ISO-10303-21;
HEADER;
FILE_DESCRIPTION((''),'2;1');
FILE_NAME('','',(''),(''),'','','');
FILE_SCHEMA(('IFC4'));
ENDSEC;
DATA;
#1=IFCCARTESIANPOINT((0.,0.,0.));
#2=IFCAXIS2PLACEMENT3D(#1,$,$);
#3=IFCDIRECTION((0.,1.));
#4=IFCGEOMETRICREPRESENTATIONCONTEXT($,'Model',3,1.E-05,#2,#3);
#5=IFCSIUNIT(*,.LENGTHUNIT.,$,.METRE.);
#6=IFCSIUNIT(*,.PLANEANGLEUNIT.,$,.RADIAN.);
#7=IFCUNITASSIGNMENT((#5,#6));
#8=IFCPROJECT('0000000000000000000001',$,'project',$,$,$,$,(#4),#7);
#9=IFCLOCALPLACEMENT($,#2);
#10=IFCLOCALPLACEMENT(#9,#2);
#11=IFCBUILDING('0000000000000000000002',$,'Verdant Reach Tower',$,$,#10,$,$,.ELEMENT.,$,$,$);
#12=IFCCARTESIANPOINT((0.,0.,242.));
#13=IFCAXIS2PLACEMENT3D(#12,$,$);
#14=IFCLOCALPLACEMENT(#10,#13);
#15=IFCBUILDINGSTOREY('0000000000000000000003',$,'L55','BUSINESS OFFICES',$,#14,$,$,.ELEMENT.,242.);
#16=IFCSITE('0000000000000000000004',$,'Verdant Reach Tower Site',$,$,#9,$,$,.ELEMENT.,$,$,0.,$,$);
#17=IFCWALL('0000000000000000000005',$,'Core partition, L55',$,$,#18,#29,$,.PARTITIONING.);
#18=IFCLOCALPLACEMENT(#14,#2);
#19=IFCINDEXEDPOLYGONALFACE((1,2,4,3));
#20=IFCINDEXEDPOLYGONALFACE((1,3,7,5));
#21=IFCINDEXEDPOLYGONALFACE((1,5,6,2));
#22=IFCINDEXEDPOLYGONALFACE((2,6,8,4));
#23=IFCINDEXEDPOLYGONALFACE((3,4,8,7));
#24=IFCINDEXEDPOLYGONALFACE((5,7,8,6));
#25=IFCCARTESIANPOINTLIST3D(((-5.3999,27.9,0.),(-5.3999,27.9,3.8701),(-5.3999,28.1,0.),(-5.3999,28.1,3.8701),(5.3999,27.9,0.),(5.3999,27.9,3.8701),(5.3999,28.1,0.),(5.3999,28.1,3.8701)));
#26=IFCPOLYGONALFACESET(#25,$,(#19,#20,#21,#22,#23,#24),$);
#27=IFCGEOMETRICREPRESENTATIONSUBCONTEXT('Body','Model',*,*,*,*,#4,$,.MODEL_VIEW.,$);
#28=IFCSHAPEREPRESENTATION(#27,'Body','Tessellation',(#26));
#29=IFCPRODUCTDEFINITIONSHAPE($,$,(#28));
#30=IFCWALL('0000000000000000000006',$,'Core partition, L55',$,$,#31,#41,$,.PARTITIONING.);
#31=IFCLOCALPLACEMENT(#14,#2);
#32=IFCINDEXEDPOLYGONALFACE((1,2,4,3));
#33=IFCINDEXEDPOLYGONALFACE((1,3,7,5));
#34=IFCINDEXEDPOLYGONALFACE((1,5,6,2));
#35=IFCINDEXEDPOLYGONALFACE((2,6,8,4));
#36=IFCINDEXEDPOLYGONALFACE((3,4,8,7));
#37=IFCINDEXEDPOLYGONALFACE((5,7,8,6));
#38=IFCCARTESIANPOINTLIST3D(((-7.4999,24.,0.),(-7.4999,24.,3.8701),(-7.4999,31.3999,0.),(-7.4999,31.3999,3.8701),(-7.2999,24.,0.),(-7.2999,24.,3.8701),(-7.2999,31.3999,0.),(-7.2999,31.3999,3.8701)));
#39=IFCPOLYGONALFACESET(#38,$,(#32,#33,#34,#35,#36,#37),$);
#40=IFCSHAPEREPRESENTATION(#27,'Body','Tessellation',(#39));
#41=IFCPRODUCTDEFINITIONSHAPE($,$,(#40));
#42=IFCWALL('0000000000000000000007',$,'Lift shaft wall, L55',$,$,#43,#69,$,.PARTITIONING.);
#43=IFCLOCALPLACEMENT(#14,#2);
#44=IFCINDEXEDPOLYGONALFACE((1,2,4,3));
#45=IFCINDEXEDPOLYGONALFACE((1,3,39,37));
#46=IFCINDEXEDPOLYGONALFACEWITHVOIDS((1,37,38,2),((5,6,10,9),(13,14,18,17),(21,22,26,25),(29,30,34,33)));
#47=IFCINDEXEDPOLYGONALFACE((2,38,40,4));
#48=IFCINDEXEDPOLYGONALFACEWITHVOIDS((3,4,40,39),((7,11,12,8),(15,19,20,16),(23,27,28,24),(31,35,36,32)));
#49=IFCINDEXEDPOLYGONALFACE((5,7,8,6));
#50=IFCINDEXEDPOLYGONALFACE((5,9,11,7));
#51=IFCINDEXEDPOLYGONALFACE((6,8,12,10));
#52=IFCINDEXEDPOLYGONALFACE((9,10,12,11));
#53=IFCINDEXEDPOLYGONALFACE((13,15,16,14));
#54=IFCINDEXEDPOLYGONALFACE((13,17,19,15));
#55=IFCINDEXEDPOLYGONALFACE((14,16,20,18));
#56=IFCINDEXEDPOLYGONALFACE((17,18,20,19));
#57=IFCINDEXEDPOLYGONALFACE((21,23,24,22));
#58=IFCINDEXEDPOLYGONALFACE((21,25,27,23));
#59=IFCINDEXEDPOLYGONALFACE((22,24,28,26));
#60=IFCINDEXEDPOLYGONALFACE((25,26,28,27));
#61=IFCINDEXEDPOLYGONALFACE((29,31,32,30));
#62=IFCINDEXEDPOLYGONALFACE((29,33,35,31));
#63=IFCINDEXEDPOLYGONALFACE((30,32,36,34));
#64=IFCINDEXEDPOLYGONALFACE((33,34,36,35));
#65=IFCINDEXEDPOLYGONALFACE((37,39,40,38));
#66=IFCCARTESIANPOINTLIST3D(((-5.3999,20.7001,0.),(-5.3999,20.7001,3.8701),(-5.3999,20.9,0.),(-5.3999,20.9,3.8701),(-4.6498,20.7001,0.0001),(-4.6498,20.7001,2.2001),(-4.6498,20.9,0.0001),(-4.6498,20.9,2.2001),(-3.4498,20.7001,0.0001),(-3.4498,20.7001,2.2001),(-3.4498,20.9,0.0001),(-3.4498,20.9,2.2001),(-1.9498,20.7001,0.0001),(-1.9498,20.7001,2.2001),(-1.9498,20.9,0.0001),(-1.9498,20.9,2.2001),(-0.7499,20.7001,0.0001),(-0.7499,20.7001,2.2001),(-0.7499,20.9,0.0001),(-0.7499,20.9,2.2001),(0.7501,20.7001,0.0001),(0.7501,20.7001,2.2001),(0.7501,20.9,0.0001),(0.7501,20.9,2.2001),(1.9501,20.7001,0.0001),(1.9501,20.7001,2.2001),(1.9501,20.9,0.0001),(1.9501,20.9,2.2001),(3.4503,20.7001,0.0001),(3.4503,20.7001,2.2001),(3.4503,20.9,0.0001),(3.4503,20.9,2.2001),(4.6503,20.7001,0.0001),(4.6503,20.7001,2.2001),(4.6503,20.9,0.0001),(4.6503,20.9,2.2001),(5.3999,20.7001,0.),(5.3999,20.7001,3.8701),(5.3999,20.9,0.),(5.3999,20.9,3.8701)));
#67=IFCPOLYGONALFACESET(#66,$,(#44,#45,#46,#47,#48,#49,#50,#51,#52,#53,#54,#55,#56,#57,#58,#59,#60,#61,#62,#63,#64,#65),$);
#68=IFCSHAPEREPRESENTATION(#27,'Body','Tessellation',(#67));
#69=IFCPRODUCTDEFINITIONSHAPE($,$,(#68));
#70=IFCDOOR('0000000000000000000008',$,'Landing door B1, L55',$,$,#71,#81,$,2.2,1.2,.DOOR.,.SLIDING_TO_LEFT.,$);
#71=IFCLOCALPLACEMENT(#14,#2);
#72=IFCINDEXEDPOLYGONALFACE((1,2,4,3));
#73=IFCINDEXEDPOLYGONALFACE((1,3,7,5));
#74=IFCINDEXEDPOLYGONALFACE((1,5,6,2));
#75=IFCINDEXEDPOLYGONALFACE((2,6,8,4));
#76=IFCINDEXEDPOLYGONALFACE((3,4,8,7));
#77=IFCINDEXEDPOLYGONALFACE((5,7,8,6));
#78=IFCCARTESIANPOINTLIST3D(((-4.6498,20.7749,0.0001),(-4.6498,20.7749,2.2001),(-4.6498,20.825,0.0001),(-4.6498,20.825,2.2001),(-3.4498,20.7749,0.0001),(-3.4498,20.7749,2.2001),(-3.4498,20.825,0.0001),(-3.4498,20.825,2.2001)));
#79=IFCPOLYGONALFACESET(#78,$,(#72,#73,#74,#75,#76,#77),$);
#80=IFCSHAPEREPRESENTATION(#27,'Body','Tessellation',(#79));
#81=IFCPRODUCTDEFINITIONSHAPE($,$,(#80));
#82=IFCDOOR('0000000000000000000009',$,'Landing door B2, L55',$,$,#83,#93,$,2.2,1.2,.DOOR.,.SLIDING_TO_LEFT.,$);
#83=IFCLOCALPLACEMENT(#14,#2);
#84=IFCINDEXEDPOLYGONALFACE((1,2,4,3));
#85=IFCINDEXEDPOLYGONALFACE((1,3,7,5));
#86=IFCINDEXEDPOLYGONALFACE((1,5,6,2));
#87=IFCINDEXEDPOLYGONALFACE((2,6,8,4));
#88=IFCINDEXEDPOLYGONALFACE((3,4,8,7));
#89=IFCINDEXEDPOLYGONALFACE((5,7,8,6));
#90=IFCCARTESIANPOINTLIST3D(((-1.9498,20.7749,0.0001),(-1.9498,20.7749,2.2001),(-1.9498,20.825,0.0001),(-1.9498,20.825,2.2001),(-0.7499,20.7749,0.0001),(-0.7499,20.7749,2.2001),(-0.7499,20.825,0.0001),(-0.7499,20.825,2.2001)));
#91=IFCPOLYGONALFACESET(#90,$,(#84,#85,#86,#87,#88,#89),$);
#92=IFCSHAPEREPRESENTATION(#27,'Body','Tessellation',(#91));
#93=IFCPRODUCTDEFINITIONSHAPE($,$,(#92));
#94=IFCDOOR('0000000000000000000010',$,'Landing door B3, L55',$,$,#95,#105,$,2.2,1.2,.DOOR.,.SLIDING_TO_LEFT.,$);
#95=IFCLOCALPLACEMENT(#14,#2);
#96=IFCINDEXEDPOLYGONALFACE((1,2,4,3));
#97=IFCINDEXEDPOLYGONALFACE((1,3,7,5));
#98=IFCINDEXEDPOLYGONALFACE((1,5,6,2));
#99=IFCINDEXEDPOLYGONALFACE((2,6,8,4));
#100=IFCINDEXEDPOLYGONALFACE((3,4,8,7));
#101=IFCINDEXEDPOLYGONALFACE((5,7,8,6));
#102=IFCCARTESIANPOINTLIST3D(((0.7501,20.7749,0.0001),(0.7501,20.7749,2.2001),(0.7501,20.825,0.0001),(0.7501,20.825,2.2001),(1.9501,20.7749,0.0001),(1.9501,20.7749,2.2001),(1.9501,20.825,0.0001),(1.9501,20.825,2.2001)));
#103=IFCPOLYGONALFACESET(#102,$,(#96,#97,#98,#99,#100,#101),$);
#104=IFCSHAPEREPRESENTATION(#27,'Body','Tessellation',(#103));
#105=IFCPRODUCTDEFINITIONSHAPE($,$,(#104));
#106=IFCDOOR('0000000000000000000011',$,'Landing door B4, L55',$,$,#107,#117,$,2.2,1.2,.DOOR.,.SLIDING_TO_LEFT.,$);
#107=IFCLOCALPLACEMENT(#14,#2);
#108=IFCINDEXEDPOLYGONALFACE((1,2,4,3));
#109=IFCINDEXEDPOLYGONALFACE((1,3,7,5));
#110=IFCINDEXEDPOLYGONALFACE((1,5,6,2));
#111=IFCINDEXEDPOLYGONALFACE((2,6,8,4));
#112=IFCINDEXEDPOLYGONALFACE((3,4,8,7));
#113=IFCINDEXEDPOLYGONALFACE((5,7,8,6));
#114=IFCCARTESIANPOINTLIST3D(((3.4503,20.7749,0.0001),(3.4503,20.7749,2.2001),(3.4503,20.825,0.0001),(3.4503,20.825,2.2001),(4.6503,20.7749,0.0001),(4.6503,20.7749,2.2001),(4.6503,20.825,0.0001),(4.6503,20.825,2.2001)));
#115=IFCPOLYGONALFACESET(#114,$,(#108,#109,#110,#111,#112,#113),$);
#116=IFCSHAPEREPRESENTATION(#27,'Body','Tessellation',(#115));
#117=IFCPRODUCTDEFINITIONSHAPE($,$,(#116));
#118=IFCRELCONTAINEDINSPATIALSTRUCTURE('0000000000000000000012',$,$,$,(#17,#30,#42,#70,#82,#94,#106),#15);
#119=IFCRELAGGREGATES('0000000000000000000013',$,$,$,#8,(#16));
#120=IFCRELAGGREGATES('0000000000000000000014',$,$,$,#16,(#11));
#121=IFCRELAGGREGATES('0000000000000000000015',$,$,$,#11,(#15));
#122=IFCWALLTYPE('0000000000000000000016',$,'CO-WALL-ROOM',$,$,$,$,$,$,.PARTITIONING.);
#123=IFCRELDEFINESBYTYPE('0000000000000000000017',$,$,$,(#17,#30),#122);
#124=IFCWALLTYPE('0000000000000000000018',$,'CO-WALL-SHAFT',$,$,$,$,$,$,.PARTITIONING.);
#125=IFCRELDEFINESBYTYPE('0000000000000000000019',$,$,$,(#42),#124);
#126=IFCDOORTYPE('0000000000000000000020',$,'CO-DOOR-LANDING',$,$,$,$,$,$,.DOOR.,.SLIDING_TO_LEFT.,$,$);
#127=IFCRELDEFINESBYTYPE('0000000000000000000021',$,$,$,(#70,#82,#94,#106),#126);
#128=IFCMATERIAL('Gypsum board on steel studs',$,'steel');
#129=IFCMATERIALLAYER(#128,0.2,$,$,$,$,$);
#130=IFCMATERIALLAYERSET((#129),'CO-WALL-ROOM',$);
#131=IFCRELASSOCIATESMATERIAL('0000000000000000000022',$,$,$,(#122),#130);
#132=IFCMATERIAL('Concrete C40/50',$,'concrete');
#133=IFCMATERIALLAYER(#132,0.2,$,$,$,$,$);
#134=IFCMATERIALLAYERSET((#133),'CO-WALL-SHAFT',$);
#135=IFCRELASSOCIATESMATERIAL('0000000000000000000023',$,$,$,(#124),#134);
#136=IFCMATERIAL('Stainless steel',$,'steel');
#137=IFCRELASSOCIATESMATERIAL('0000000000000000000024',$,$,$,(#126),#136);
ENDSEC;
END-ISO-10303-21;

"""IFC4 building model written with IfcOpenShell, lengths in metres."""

from ifc_helpers import new_model, si_unit, direction, frame, frame_2d, origin, place, context, subcontext, project, spatial, rectangle, extrude, material, layer, layer_set, type_object, element, fill, save


model = new_model("IFC4")

# Units and contexts
model_context = context("Model", 3, precision=1e-05, world=origin(), true_north=direction((0.0, 1.0)))
body_context = subcontext(model_context, "Body", "Model", "MODEL_VIEW")
ifc_project = project(units=[si_unit("LENGTHUNIT", "METRE"), si_unit("PLANEANGLEUNIT", "RADIAN")], contexts=[model_context])

# Site, building, storey
site_placement = place(None, origin())
site = spatial("IfcSite", under=ifc_project, at=site_placement, Name="Verdant Reach Tower Site", CompositionType="ELEMENT", RefElevation=0.0)
building_placement = place(site_placement, origin())
building = spatial("IfcBuilding", under=site, at=building_placement, Name="Verdant Reach Tower", CompositionType="ELEMENT")
storey_placement = place(building_placement, frame((0.0, 0.0, 242.0)))
storey = spatial("IfcBuildingStorey", under=building, at=storey_placement, Name="L55", Description="BUSINESS OFFICES", CompositionType="ELEMENT", Elevation=242.0)

# Walls
ifc_material_1 = material(Name="Gypsum board on steel studs", Category="steel")
ifc_layer_1 = layer(ifc_material_1, 0.2)
ifc_layer_set_1 = layer_set([ifc_layer_1], Name="CO-WALL-ROOM")
wall_type_1 = type_object("IfcWallType", Name="CO-WALL-ROOM", PredefinedType="PARTITIONING", material=ifc_layer_set_1)
wall_1_placement = place(storey_placement, frame((-5.3999, 28.0, 0.0), z_axis=(0.0, 0.0, 1.0), x_axis=(1.0, 0.0, 0.0)))
element("IfcWall", 1, at=wall_1_placement, inside=storey, type_object=wall_type_1, Name="Core partition, L55", PredefinedType="PARTITIONING", context=body_context, shape_type="SweptSolid", body=[
    extrude(rectangle(XDim=10.7998, YDim=0.2, at=frame_2d((5.3999, 0.0))), origin(), (0.0, 0.0, 1.0), 3.8701),
])
wall_2_placement = place(storey_placement, frame((-7.3999, 24.0, 0.0), z_axis=(0.0, 0.0, 1.0), x_axis=(0.0, 1.0, 0.0)))
element("IfcWall", 2, at=wall_2_placement, inside=storey, type_object=wall_type_1, Name="Core partition, L55", PredefinedType="PARTITIONING", context=body_context, shape_type="SweptSolid", body=[
    extrude(rectangle(XDim=7.3999, YDim=0.2, at=frame_2d((3.7, 0.0))), origin(), (0.0, 0.0, 1.0), 3.8701),
])

# Wall, openings, doors
ifc_material_2 = material(Name="Concrete C40/50", Category="concrete")
ifc_layer_2 = layer(ifc_material_2, 0.2)
ifc_layer_set_2 = layer_set([ifc_layer_2], Name="CO-WALL-SHAFT")
wall_type_2 = type_object("IfcWallType", Name="CO-WALL-SHAFT", PredefinedType="PARTITIONING", material=ifc_layer_set_2)
wall_3_placement = place(storey_placement, frame((-5.3999, 20.8, 0.0), z_axis=(0.0, 0.0, 1.0), x_axis=(1.0, 0.0, 0.0)))
wall_3 = element("IfcWall", 3, at=wall_3_placement, inside=storey, type_object=wall_type_2, Name="Lift shaft wall, L55", PredefinedType="PARTITIONING", context=body_context, shape_type="SweptSolid", body=[
    extrude(rectangle(XDim=10.7998, YDim=0.2, at=frame_2d((5.3999, 0.0))), origin(), (0.0, 0.0, 1.0), 3.8701),
])
opening_1_placement = place(wall_3_placement, frame((0.75, 0.0, 0.0)))
opening_1 = element("IfcOpeningElement", 4, at=opening_1_placement, cuts=wall_3, PredefinedType="OPENING", context=body_context, shape_type="SweptSolid", body=[
    extrude(rectangle(XDim=1.2, YDim=2.2, at=frame_2d((0.6001, 1.1001))), frame((0.0, 0.1099, 0.0), z_axis=(0.0, -1.0, 0.0), x_axis=(1.0, 0.0, 0.0)), (0.0, 0.0, 1.0), 0.22),
])
opening_2_placement = place(wall_3_placement, frame((3.45, 0.0, 0.0)))
opening_2 = element("IfcOpeningElement", 5, at=opening_2_placement, cuts=wall_3, PredefinedType="OPENING", context=body_context, shape_type="SweptSolid", body=[
    extrude(rectangle(XDim=1.2, YDim=2.2, at=frame_2d((0.6001, 1.1001))), frame((0.0, 0.1099, 0.0), z_axis=(0.0, -1.0, 0.0), x_axis=(1.0, 0.0, 0.0)), (0.0, 0.0, 1.0), 0.22),
])
opening_3_placement = place(wall_3_placement, frame((6.1499, 0.0, 0.0)))
opening_3 = element("IfcOpeningElement", 6, at=opening_3_placement, cuts=wall_3, PredefinedType="OPENING", context=body_context, shape_type="SweptSolid", body=[
    extrude(rectangle(XDim=1.2, YDim=2.2, at=frame_2d((0.6001, 1.1001))), frame((0.0, 0.1099, 0.0), z_axis=(0.0, -1.0, 0.0), x_axis=(1.0, 0.0, 0.0)), (0.0, 0.0, 1.0), 0.22),
])
opening_4_placement = place(wall_3_placement, frame((8.8501, 0.0, 0.0)))
opening_4 = element("IfcOpeningElement", 7, at=opening_4_placement, cuts=wall_3, PredefinedType="OPENING", context=body_context, shape_type="SweptSolid", body=[
    extrude(rectangle(XDim=1.2, YDim=2.2, at=frame_2d((0.6001, 1.1001))), frame((0.0, 0.1099, 0.0), z_axis=(0.0, -1.0, 0.0), x_axis=(1.0, 0.0, 0.0)), (0.0, 0.0, 1.0), 0.22),
])
ifc_material_3 = material(Name="Stainless steel", Category="steel")
door_type_1 = type_object("IfcDoorType", Name="CO-DOOR-LANDING", OperationType="SLIDING_TO_LEFT", PredefinedType="DOOR", material=ifc_material_3)
door_1_placement = place(opening_1_placement, origin())
door_1 = element("IfcDoor", 8, at=door_1_placement, inside=storey, type_object=door_type_1, Name="Landing door B1, L55", OperationType="SLIDING_TO_LEFT", OverallHeight=2.2, OverallWidth=1.2, PredefinedType="DOOR", context=body_context, shape_type="SweptSolid", body=[
    extrude(rectangle(XDim=1.2, YDim=2.2, at=frame_2d((0.6001, 1.1001))), frame((0.0, 0.0249, 0.0), z_axis=(0.0, -1.0, 0.0), x_axis=(1.0, 0.0, 0.0)), (0.0, 0.0, 1.0), 0.05),
])
fill(opening_1, door_1)
door_2_placement = place(opening_2_placement, origin())
door_2 = element("IfcDoor", 9, at=door_2_placement, inside=storey, type_object=door_type_1, Name="Landing door B2, L55", OperationType="SLIDING_TO_LEFT", OverallHeight=2.2, OverallWidth=1.2, PredefinedType="DOOR", context=body_context, shape_type="SweptSolid", body=[
    extrude(rectangle(XDim=1.2, YDim=2.2, at=frame_2d((0.6001, 1.1001))), frame((0.0, 0.0249, 0.0), z_axis=(0.0, -1.0, 0.0), x_axis=(1.0, 0.0, 0.0)), (0.0, 0.0, 1.0), 0.05),
])
fill(opening_2, door_2)
door_3_placement = place(opening_3_placement, origin())
door_3 = element("IfcDoor", 10, at=door_3_placement, inside=storey, type_object=door_type_1, Name="Landing door B3, L55", OperationType="SLIDING_TO_LEFT", OverallHeight=2.2, OverallWidth=1.2, PredefinedType="DOOR", context=body_context, shape_type="SweptSolid", body=[
    extrude(rectangle(XDim=1.2, YDim=2.2, at=frame_2d((0.6001, 1.1001))), frame((0.0, 0.0249, 0.0), z_axis=(0.0, -1.0, 0.0), x_axis=(1.0, 0.0, 0.0)), (0.0, 0.0, 1.0), 0.05),
])
fill(opening_3, door_3)
door_4_placement = place(opening_4_placement, origin())
door_4 = element("IfcDoor", 11, at=door_4_placement, inside=storey, type_object=door_type_1, Name="Landing door B4, L55", OperationType="SLIDING_TO_LEFT", OverallHeight=2.2, OverallWidth=1.2, PredefinedType="DOOR", context=body_context, shape_type="SweptSolid", body=[
    extrude(rectangle(XDim=1.2, YDim=2.2, at=frame_2d((0.6001, 1.1001))), frame((0.0, 0.0249, 0.0), z_axis=(0.0, -1.0, 0.0), x_axis=(1.0, 0.0, 0.0)), (0.0, 0.0, 1.0), 0.05),
])
fill(opening_4, door_4)

save(model, "model.ifc")
